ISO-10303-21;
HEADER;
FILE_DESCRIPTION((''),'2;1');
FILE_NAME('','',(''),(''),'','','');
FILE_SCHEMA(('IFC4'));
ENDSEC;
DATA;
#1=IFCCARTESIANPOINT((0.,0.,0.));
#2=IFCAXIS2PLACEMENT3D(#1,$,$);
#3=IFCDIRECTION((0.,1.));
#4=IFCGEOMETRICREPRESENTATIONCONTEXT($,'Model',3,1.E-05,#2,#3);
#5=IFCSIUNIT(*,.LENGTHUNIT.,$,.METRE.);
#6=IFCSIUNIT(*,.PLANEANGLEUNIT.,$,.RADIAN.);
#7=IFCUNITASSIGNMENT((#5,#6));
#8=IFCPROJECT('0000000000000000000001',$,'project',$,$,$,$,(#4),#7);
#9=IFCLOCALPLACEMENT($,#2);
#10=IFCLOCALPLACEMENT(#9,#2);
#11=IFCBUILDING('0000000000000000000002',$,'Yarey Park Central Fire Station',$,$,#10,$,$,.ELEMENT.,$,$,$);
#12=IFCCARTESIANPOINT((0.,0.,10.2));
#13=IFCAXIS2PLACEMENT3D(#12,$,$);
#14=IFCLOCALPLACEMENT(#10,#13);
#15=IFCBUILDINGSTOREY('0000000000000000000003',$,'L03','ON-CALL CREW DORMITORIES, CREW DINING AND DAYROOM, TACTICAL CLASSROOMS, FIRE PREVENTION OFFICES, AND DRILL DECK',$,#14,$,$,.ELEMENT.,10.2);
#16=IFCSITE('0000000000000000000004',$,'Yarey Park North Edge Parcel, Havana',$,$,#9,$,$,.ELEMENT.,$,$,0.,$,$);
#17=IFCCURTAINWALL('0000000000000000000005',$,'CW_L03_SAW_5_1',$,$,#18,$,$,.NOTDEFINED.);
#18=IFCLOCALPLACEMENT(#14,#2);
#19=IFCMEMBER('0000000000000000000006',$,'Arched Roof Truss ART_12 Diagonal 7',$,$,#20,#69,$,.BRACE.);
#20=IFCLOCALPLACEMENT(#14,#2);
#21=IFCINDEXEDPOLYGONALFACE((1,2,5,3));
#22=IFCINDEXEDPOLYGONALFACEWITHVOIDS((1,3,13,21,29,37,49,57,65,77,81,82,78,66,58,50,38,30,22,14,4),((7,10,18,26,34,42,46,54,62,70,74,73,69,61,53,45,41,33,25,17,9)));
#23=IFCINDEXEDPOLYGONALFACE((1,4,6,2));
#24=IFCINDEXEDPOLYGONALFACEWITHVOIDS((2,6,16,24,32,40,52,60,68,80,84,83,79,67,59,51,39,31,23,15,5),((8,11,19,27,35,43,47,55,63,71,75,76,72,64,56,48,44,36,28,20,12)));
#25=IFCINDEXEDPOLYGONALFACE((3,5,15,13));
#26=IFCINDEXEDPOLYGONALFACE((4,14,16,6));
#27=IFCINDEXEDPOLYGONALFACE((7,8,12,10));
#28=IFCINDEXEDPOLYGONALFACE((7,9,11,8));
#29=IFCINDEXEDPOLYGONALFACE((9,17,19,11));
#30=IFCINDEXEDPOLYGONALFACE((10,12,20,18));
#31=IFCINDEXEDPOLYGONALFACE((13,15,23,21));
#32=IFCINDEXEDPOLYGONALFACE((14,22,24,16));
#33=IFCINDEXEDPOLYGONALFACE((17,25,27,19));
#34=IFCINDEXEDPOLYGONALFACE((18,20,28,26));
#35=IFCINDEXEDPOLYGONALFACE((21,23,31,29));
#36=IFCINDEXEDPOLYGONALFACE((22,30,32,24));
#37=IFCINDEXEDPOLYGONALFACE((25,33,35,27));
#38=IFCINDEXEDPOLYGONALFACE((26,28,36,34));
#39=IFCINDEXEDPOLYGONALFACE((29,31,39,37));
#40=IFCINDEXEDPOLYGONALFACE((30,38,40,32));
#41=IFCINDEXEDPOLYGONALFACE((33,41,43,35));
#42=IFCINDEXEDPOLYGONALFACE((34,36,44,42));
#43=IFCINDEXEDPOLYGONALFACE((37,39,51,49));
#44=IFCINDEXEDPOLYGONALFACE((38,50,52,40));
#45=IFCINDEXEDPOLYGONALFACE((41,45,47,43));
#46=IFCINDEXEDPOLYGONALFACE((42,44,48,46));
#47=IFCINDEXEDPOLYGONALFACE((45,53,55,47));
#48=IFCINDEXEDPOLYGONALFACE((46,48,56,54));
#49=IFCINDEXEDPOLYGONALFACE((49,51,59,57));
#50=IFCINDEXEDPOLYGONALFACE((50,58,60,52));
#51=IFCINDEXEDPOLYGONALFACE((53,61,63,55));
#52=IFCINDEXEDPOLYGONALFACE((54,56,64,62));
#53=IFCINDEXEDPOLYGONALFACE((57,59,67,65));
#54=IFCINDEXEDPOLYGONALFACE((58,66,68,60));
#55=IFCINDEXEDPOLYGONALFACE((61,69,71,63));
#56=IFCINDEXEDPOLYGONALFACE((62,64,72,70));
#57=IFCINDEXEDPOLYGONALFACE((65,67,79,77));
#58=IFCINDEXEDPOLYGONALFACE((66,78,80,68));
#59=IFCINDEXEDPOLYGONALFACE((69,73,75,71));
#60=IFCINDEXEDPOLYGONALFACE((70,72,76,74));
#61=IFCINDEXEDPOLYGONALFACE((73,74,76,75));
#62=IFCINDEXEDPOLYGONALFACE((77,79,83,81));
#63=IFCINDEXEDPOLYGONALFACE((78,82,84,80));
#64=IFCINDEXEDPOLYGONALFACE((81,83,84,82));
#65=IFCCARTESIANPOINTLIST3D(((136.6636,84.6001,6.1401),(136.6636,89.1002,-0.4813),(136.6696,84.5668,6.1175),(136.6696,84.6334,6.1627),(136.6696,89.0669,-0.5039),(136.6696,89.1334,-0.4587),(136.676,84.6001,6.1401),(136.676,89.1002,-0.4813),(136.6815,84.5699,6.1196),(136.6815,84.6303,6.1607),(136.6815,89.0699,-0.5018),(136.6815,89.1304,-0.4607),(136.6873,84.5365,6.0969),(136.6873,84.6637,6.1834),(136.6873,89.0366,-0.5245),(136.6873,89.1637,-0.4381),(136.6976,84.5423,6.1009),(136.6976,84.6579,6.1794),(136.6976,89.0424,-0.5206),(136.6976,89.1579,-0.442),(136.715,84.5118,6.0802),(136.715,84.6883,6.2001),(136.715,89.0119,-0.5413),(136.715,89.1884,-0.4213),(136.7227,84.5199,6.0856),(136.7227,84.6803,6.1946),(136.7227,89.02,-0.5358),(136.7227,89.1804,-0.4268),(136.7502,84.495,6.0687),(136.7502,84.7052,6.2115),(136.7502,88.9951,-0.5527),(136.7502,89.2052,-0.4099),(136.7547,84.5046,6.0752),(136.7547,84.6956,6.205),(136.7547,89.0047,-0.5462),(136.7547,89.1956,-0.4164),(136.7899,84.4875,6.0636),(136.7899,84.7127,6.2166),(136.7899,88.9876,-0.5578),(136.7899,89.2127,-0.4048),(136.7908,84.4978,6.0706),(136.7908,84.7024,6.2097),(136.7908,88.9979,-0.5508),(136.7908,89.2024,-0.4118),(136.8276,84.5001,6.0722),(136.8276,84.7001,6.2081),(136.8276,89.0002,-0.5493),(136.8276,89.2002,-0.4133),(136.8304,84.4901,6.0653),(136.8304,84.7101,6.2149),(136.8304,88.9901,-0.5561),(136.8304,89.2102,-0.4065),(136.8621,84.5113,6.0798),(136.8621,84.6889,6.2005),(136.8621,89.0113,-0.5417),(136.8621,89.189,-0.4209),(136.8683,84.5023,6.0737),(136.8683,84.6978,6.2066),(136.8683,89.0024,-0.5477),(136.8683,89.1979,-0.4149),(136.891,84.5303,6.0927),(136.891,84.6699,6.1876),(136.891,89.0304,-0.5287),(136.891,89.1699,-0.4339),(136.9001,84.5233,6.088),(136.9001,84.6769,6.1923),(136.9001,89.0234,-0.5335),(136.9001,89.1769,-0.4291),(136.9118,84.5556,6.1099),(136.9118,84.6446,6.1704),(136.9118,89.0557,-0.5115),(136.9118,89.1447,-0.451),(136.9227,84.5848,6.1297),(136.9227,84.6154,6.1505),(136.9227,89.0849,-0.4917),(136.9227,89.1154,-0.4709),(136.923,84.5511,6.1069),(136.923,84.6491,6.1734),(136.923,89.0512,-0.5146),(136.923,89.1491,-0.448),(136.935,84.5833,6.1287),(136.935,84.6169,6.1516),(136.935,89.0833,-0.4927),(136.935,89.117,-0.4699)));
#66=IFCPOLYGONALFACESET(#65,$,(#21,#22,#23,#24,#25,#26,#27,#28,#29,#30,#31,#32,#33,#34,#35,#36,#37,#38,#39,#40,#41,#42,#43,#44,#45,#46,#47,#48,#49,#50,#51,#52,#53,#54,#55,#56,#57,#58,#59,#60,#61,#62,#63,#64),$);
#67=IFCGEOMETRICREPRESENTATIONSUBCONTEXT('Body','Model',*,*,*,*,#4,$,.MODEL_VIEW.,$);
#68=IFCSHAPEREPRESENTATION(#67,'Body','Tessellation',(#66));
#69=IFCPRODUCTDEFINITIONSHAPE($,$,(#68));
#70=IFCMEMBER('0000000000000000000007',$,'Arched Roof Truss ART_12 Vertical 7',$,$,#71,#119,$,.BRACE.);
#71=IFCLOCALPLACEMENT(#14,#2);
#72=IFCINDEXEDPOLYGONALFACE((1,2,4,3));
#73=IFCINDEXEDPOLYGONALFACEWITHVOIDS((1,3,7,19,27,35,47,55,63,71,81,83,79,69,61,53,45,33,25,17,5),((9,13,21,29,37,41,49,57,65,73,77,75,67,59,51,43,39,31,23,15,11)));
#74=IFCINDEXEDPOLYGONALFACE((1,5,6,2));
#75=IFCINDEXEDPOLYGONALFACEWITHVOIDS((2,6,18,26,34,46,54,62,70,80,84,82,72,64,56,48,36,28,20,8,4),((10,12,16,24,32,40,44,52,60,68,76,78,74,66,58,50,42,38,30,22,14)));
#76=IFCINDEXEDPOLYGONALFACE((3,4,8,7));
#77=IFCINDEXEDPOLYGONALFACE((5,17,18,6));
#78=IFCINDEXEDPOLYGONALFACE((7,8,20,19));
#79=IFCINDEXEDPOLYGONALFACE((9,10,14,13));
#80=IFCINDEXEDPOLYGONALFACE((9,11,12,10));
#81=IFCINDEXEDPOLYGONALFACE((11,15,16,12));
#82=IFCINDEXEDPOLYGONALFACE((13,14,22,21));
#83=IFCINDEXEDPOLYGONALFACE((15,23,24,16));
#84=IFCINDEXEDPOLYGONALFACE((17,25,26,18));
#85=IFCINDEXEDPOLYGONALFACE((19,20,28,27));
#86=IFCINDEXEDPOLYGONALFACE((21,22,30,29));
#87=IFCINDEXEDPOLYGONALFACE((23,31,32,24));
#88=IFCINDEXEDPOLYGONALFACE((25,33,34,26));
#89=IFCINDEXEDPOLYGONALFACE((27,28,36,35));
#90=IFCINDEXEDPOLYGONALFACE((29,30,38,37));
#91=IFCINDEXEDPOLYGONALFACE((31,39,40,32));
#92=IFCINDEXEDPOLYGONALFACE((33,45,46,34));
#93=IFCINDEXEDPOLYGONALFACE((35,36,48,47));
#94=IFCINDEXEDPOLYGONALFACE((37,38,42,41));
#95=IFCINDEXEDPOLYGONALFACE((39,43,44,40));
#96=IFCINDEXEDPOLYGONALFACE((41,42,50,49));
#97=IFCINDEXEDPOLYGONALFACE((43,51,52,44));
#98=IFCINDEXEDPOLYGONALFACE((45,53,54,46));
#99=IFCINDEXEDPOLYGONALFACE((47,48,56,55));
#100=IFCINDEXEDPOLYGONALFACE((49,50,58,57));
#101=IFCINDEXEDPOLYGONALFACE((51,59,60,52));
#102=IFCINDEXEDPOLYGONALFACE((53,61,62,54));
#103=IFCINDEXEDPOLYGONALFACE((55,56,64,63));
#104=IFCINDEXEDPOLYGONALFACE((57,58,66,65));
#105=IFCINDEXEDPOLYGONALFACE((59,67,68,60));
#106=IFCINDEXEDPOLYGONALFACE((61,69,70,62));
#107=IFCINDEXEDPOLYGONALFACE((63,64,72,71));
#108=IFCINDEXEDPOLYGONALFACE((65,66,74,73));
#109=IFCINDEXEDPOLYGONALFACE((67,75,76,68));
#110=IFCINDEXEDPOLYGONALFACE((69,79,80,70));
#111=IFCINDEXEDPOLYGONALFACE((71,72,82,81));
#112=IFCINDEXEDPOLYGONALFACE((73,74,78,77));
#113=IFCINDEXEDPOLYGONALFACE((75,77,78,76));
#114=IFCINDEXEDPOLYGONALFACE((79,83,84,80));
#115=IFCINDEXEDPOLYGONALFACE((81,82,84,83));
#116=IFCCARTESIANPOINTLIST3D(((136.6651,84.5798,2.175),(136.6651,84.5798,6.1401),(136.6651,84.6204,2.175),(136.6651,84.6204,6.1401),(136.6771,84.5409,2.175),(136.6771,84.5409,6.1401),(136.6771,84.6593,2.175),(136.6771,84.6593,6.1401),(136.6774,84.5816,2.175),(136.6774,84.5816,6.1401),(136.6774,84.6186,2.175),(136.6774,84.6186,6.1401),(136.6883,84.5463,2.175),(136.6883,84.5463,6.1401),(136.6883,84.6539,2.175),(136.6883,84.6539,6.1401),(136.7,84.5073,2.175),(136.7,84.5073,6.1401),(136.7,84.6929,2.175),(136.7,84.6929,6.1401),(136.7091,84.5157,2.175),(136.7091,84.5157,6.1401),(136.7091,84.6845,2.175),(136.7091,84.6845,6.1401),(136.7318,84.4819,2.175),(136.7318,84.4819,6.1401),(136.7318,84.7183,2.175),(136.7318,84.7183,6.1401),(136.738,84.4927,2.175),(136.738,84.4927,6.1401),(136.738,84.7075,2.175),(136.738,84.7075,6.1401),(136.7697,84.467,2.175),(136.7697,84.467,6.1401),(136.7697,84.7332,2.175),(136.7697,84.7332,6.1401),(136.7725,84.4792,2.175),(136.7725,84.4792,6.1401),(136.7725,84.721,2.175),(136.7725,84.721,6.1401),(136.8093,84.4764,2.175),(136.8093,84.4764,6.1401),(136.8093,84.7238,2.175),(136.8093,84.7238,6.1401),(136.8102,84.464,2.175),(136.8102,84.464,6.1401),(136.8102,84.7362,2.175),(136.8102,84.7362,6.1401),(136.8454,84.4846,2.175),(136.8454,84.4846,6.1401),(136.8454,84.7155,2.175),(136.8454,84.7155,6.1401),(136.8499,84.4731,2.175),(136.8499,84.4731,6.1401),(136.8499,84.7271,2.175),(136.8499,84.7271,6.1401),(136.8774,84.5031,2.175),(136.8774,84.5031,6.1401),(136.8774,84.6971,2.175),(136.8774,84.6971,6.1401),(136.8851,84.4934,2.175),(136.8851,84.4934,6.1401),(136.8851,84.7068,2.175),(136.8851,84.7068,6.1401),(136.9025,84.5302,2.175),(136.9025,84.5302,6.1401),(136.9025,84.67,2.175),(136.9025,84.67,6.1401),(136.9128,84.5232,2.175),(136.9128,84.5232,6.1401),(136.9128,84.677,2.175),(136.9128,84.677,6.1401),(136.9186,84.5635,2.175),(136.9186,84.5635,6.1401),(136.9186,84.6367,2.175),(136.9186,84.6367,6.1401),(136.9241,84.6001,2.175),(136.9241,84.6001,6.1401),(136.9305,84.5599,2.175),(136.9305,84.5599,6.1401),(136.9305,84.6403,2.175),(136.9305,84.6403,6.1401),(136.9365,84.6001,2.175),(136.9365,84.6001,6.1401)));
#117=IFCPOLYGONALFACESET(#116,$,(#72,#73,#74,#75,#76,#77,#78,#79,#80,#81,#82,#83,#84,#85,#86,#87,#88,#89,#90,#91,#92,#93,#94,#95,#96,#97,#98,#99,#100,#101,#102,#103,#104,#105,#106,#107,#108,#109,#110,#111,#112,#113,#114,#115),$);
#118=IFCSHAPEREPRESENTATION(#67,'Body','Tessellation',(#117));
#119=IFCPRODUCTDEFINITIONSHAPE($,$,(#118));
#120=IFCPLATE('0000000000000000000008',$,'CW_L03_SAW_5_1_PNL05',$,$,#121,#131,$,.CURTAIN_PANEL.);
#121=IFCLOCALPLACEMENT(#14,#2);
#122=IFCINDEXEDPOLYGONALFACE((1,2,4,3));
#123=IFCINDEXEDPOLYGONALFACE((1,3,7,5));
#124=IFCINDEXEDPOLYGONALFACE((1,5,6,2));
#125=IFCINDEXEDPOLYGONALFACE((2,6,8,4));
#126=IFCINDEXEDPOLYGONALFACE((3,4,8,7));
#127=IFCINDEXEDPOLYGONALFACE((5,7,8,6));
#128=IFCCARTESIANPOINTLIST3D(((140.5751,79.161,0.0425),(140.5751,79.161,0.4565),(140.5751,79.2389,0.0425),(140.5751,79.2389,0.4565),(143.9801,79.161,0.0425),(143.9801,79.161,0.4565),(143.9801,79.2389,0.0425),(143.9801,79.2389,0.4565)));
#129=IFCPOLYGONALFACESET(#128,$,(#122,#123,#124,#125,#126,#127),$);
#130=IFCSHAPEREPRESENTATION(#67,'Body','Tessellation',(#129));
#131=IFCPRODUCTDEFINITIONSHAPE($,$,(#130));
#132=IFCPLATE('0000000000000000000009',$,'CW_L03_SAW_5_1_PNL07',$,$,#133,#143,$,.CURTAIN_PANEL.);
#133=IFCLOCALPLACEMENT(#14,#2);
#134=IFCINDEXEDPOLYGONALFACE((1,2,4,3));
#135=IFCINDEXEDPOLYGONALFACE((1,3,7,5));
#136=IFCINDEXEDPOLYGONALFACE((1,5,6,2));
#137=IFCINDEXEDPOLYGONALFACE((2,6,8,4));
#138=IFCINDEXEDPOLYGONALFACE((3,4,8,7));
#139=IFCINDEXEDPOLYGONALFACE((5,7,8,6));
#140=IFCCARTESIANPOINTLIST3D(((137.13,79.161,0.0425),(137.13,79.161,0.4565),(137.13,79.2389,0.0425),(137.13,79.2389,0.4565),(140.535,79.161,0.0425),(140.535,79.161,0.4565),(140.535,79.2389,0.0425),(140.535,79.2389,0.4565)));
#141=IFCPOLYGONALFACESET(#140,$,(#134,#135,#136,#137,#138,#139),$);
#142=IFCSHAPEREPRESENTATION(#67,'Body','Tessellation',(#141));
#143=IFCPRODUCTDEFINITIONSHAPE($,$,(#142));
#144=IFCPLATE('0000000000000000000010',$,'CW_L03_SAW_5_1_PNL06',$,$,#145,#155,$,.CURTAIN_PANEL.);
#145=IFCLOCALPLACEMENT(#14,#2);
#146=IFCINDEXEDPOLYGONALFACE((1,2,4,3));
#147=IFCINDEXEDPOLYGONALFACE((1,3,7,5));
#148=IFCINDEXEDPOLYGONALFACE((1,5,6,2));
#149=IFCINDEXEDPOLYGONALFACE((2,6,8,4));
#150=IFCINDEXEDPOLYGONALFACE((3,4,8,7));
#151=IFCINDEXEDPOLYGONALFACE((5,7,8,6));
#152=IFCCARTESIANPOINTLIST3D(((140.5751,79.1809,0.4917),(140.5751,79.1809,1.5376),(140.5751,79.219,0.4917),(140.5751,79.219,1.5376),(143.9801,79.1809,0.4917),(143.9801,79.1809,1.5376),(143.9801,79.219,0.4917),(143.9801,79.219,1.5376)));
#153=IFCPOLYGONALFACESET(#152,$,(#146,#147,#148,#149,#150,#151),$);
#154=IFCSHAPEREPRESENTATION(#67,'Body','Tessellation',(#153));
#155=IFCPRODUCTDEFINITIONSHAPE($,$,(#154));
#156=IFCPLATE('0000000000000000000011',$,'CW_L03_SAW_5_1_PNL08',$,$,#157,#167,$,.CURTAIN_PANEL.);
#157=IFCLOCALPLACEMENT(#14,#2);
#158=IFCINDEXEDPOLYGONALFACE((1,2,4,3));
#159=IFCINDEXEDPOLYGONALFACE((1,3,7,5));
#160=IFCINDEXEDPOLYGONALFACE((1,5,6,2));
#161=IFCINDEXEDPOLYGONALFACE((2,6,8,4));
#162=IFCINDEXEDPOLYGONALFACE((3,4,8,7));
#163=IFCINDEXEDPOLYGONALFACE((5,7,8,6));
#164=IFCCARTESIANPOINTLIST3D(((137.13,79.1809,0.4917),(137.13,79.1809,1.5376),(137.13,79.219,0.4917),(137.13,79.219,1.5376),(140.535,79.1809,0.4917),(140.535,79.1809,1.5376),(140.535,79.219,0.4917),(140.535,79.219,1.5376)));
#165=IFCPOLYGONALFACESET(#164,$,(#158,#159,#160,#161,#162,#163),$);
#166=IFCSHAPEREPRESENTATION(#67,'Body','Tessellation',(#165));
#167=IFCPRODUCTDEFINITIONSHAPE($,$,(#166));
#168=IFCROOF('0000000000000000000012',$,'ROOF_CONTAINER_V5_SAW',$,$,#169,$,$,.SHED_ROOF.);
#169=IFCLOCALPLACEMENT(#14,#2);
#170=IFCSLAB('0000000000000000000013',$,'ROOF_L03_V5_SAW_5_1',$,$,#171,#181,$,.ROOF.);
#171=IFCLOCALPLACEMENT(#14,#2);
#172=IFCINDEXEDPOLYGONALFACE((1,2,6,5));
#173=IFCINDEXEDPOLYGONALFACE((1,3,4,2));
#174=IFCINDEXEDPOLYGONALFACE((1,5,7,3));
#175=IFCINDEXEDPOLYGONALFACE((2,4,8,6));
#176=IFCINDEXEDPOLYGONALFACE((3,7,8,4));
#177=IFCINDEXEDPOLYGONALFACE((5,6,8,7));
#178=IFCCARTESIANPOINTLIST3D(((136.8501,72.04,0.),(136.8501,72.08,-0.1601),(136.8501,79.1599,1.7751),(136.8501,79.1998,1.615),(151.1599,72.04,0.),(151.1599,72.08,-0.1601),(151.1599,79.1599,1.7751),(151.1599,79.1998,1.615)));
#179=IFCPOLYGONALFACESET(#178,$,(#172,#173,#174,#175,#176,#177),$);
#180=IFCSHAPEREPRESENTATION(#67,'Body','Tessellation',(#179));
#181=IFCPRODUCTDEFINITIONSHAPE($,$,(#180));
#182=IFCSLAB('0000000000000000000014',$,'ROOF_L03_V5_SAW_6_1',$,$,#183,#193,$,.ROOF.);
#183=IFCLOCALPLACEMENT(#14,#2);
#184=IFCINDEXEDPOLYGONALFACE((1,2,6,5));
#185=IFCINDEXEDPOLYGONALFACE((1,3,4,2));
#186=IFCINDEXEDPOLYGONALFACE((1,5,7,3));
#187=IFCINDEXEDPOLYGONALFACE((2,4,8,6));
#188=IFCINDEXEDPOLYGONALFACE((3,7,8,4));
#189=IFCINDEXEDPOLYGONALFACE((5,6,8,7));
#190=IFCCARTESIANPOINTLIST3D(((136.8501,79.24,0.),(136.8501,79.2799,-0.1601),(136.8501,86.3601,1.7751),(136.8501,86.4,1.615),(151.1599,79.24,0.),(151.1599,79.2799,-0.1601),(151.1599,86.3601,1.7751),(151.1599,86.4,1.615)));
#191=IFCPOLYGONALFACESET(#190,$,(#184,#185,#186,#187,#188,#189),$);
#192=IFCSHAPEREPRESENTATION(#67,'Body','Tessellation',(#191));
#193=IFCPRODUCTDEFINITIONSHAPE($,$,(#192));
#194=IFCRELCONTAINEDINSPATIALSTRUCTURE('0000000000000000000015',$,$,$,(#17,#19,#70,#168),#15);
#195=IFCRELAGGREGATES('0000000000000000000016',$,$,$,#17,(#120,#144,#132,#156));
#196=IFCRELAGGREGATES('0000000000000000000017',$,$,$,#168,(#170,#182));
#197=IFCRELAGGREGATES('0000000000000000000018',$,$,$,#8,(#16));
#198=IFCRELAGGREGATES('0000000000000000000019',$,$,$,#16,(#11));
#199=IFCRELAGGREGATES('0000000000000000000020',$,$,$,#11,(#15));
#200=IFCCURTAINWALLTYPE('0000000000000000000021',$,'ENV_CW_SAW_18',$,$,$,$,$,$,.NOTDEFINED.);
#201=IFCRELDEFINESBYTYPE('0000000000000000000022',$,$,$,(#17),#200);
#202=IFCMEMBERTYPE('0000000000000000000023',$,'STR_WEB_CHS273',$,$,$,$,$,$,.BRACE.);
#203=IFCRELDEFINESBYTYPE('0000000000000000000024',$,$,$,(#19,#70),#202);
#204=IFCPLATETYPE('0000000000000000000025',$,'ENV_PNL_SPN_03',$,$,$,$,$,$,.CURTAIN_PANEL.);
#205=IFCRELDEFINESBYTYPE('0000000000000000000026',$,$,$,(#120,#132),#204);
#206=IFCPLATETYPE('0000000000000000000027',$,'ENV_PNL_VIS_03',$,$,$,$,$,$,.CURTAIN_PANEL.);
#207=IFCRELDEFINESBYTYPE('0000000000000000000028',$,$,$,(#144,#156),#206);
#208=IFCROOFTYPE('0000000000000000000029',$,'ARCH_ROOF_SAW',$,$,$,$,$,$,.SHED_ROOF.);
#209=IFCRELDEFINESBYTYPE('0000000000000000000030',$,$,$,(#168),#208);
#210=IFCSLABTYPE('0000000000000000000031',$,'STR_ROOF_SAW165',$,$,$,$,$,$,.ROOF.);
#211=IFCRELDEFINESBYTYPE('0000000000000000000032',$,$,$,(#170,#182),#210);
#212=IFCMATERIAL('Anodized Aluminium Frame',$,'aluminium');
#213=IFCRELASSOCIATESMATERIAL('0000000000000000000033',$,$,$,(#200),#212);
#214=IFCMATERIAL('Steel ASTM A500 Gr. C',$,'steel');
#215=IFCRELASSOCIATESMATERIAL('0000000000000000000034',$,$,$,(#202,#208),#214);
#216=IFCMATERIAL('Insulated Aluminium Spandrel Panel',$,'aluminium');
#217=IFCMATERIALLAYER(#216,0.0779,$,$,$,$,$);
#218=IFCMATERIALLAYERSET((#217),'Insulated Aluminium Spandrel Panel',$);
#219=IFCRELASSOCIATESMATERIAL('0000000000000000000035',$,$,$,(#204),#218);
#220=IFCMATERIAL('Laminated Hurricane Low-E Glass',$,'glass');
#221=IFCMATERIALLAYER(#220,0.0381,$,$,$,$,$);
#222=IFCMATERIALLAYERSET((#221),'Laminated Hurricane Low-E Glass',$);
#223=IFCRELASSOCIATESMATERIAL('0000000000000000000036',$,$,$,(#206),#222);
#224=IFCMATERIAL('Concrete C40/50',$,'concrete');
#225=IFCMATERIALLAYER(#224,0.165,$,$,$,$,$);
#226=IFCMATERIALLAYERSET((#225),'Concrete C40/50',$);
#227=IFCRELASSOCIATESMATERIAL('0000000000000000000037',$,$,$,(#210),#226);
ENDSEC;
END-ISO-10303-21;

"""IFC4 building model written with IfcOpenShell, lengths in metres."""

from ifc_helpers import new_model, si_unit, direction, frame, origin, origin_2d, place, context, subcontext, project, spatial, polyline, rectangle, hollow_circle, outline, extrude, material, layer, layer_set, material_profile, profile_set, type_object, element, aggregate, save


model = new_model("IFC4")

# Units and contexts
model_context = context("Model", 3, precision=1e-05, world=origin(), true_north=direction((0.0, 1.0)))
body_context = subcontext(model_context, "Body", "Model", "MODEL_VIEW")
ifc_project = project(units=[si_unit("LENGTHUNIT", "METRE"), si_unit("PLANEANGLEUNIT", "RADIAN")], contexts=[model_context])

# Site, building, storey
site_placement = place(None, origin())
site = spatial("IfcSite", under=ifc_project, at=site_placement, Name="Yarey Park North Edge Parcel, Havana", CompositionType="ELEMENT", RefElevation=0.0)
building_placement = place(site_placement, origin())
building = spatial("IfcBuilding", under=site, at=building_placement, Name="Yarey Park Central Fire Station", CompositionType="ELEMENT")
storey_placement = place(building_placement, frame((0.0, 0.0, 10.2)))
storey = spatial("IfcBuildingStorey", under=building, at=storey_placement, Name="L03", Description="ON-CALL CREW DORMITORIES, CREW DINING AND DAYROOM, TACTICAL CLASSROOMS, FIRE PREVENTION OFFICES, AND DRILL DECK", CompositionType="ELEMENT", Elevation=10.2)

# Curtain wall
ifc_material_1 = material(Name="Anodized Aluminium Frame", Category="aluminium")
curtain_wall_type = type_object("IfcCurtainWallType", Name="ENV_CW_SAW_18", PredefinedType="NOTDEFINED", material=ifc_material_1)
curtain_wall_placement = place(storey_placement, origin())
curtain_wall = element("IfcCurtainWall", 1, at=curtain_wall_placement, inside=storey, type_object=curtain_wall_type, Name="CW_L03_SAW_5_1", PredefinedType="NOTDEFINED")

# Shared definitions
ifc_material_2 = material(Name="Steel ASTM A500 Gr. C", Category="steel")

# Members
ifc_material_profile_1 = material_profile(ifc_material_2, hollow_circle(Radius=0.1365, WallThickness=0.0125, at=origin_2d()), Name="CHS 273x12.5")
ifc_profile_set_1 = profile_set([ifc_material_profile_1], Name="Steel ASTM A500 Gr. C")
member_type_1 = type_object("IfcMemberType", Name="STR_WEB_CHS273", PredefinedType="BRACE", material=ifc_profile_set_1)
member_1_placement = place(storey_placement, frame((136.8, 84.6001, 6.1401), z_axis=(0.0, 0.562096, -0.827072), x_axis=(-1.0, 0.0, 0.0)))
element("IfcMember", 2, at=member_1_placement, inside=storey, type_object=member_type_1, Name="Arched Roof Truss ART_12 Diagonal 7", PredefinedType="BRACE", context=body_context, shape_type="SweptSolid", body=[
    extrude(hollow_circle(Radius=0.1365, WallThickness=0.0125, at=origin_2d()), origin(), (0.0, 0.0, 1.0), 8.0059),
])
member_2_placement = place(storey_placement, frame((136.8, 84.6001, 2.175), z_axis=(0.0, 0.0, 1.0), x_axis=(1.0, 0.0, 0.0)))
element("IfcMember", 3, at=member_2_placement, inside=storey, type_object=member_type_1, Name="Arched Roof Truss ART_12 Vertical 7", PredefinedType="BRACE", context=body_context, shape_type="SweptSolid", body=[
    extrude(hollow_circle(Radius=0.1365, WallThickness=0.0125, at=origin_2d()), origin(), (0.0, 0.0, 1.0), 3.9651),
])

# Plates
ifc_material_3 = material(Name="Insulated Aluminium Spandrel Panel", Category="aluminium")
ifc_layer_1 = layer(ifc_material_3, 0.0779)
ifc_layer_set_1 = layer_set([ifc_layer_1], Name="Insulated Aluminium Spandrel Panel")
plate_type_1 = type_object("IfcPlateType", Name="ENV_PNL_SPN_03", PredefinedType="CURTAIN_PANEL", material=ifc_layer_set_1)
plate_1_placement = place(storey_placement, frame((142.2776, 79.2, 0.0425), z_axis=(0.0, 0.0, 1.0), x_axis=(-1.0, 0.0, 0.0)))
plate_1 = element("IfcPlate", 4, at=plate_1_placement, type_object=plate_type_1, Name="CW_L03_SAW_5_1_PNL05", PredefinedType="CURTAIN_PANEL", context=body_context, shape_type="SweptSolid", body=[
    extrude(rectangle(XDim=3.405, YDim=0.0779, at=origin_2d()), origin(), (0.0, 0.0, 1.0), 0.4141),
])
plate_2_placement = place(storey_placement, frame((138.8325, 79.2, 0.0425), z_axis=(0.0, 0.0, 1.0), x_axis=(-1.0, 0.0, 0.0)))
plate_2 = element("IfcPlate", 5, at=plate_2_placement, type_object=plate_type_1, Name="CW_L03_SAW_5_1_PNL07", PredefinedType="CURTAIN_PANEL", context=body_context, shape_type="SweptSolid", body=[
    extrude(rectangle(XDim=3.405, YDim=0.0779, at=origin_2d()), origin(), (0.0, 0.0, 1.0), 0.4141),
])
ifc_material_4 = material(Name="Laminated Hurricane Low-E Glass", Category="glass")
ifc_layer_2 = layer(ifc_material_4, 0.0381)
ifc_layer_set_2 = layer_set([ifc_layer_2], Name="Laminated Hurricane Low-E Glass")
plate_type_2 = type_object("IfcPlateType", Name="ENV_PNL_VIS_03", PredefinedType="CURTAIN_PANEL", material=ifc_layer_set_2)
plate_3_placement = place(storey_placement, frame((142.2776, 79.2, 0.4917), z_axis=(0.0, 0.0, 1.0), x_axis=(-1.0, 0.0, 0.0)))
plate_3 = element("IfcPlate", 6, at=plate_3_placement, type_object=plate_type_2, Name="CW_L03_SAW_5_1_PNL06", PredefinedType="CURTAIN_PANEL", context=body_context, shape_type="SweptSolid", body=[
    extrude(rectangle(XDim=3.405, YDim=0.0381, at=origin_2d()), origin(), (0.0, 0.0, 1.0), 1.0459),
])
plate_4_placement = place(storey_placement, frame((138.8325, 79.2, 0.4917), z_axis=(0.0, 0.0, 1.0), x_axis=(-1.0, 0.0, 0.0)))
plate_4 = element("IfcPlate", 7, at=plate_4_placement, type_object=plate_type_2, Name="CW_L03_SAW_5_1_PNL08", PredefinedType="CURTAIN_PANEL", context=body_context, shape_type="SweptSolid", body=[
    extrude(rectangle(XDim=3.405, YDim=0.0381, at=origin_2d()), origin(), (0.0, 0.0, 1.0), 1.0459),
])
aggregate(curtain_wall, [plate_1, plate_3, plate_2, plate_4])

# Roof, slabs
roof_type = type_object("IfcRoofType", Name="ARCH_ROOF_SAW", PredefinedType="SHED_ROOF", material=ifc_material_2)
roof_placement = place(storey_placement, origin())
roof = element("IfcRoof", 8, at=roof_placement, inside=storey, type_object=roof_type, Name="ROOF_CONTAINER_V5_SAW", PredefinedType="SHED_ROOF")
ifc_material_5 = material(Name="Concrete C40/50", Category="concrete")
ifc_layer_3 = layer(ifc_material_5, 0.165)
ifc_layer_set_3 = layer_set([ifc_layer_3], Name="Concrete C40/50")
slab_type = type_object("IfcSlabType", Name="STR_ROOF_SAW165", PredefinedType="ROOF", material=ifc_layer_set_3)
slab_1_placement = place(storey_placement, frame((136.8501, 72.04, 0.0), z_axis=(0.0, -0.241917, 0.970297), x_axis=(1.0, 0.0, 0.0)))
slab_1 = element("IfcSlab", 9, at=slab_1_placement, type_object=slab_type, Name="ROOF_L03_V5_SAW_5_1", PredefinedType="ROOF", context=body_context, shape_type="SweptSolid", body=[
    extrude(outline(polyline([(0.0, 0.0), (14.3098, 0.0), (14.3098, 7.3378), (0.0, 7.3378), (0.0, 0.0)])), origin(), (0.0, 0.0, -1.0), 0.165),
])
slab_2_placement = place(storey_placement, frame((136.8501, 79.24, 0.0), z_axis=(0.0, -0.241909, 0.970299), x_axis=(1.0, 0.0, 0.0)))
slab_2 = element("IfcSlab", 10, at=slab_2_placement, type_object=slab_type, Name="ROOF_L03_V5_SAW_6_1", PredefinedType="ROOF", context=body_context, shape_type="SweptSolid", body=[
    extrude(outline(polyline([(0.0, 0.0), (14.3098, 0.0), (14.3098, 7.3381), (0.0, 7.3381), (0.0, 0.0)])), origin(), (0.0, 0.0, -1.0), 0.165),
])
aggregate(roof, [slab_1, slab_2])

save(model, "model.ifc")
